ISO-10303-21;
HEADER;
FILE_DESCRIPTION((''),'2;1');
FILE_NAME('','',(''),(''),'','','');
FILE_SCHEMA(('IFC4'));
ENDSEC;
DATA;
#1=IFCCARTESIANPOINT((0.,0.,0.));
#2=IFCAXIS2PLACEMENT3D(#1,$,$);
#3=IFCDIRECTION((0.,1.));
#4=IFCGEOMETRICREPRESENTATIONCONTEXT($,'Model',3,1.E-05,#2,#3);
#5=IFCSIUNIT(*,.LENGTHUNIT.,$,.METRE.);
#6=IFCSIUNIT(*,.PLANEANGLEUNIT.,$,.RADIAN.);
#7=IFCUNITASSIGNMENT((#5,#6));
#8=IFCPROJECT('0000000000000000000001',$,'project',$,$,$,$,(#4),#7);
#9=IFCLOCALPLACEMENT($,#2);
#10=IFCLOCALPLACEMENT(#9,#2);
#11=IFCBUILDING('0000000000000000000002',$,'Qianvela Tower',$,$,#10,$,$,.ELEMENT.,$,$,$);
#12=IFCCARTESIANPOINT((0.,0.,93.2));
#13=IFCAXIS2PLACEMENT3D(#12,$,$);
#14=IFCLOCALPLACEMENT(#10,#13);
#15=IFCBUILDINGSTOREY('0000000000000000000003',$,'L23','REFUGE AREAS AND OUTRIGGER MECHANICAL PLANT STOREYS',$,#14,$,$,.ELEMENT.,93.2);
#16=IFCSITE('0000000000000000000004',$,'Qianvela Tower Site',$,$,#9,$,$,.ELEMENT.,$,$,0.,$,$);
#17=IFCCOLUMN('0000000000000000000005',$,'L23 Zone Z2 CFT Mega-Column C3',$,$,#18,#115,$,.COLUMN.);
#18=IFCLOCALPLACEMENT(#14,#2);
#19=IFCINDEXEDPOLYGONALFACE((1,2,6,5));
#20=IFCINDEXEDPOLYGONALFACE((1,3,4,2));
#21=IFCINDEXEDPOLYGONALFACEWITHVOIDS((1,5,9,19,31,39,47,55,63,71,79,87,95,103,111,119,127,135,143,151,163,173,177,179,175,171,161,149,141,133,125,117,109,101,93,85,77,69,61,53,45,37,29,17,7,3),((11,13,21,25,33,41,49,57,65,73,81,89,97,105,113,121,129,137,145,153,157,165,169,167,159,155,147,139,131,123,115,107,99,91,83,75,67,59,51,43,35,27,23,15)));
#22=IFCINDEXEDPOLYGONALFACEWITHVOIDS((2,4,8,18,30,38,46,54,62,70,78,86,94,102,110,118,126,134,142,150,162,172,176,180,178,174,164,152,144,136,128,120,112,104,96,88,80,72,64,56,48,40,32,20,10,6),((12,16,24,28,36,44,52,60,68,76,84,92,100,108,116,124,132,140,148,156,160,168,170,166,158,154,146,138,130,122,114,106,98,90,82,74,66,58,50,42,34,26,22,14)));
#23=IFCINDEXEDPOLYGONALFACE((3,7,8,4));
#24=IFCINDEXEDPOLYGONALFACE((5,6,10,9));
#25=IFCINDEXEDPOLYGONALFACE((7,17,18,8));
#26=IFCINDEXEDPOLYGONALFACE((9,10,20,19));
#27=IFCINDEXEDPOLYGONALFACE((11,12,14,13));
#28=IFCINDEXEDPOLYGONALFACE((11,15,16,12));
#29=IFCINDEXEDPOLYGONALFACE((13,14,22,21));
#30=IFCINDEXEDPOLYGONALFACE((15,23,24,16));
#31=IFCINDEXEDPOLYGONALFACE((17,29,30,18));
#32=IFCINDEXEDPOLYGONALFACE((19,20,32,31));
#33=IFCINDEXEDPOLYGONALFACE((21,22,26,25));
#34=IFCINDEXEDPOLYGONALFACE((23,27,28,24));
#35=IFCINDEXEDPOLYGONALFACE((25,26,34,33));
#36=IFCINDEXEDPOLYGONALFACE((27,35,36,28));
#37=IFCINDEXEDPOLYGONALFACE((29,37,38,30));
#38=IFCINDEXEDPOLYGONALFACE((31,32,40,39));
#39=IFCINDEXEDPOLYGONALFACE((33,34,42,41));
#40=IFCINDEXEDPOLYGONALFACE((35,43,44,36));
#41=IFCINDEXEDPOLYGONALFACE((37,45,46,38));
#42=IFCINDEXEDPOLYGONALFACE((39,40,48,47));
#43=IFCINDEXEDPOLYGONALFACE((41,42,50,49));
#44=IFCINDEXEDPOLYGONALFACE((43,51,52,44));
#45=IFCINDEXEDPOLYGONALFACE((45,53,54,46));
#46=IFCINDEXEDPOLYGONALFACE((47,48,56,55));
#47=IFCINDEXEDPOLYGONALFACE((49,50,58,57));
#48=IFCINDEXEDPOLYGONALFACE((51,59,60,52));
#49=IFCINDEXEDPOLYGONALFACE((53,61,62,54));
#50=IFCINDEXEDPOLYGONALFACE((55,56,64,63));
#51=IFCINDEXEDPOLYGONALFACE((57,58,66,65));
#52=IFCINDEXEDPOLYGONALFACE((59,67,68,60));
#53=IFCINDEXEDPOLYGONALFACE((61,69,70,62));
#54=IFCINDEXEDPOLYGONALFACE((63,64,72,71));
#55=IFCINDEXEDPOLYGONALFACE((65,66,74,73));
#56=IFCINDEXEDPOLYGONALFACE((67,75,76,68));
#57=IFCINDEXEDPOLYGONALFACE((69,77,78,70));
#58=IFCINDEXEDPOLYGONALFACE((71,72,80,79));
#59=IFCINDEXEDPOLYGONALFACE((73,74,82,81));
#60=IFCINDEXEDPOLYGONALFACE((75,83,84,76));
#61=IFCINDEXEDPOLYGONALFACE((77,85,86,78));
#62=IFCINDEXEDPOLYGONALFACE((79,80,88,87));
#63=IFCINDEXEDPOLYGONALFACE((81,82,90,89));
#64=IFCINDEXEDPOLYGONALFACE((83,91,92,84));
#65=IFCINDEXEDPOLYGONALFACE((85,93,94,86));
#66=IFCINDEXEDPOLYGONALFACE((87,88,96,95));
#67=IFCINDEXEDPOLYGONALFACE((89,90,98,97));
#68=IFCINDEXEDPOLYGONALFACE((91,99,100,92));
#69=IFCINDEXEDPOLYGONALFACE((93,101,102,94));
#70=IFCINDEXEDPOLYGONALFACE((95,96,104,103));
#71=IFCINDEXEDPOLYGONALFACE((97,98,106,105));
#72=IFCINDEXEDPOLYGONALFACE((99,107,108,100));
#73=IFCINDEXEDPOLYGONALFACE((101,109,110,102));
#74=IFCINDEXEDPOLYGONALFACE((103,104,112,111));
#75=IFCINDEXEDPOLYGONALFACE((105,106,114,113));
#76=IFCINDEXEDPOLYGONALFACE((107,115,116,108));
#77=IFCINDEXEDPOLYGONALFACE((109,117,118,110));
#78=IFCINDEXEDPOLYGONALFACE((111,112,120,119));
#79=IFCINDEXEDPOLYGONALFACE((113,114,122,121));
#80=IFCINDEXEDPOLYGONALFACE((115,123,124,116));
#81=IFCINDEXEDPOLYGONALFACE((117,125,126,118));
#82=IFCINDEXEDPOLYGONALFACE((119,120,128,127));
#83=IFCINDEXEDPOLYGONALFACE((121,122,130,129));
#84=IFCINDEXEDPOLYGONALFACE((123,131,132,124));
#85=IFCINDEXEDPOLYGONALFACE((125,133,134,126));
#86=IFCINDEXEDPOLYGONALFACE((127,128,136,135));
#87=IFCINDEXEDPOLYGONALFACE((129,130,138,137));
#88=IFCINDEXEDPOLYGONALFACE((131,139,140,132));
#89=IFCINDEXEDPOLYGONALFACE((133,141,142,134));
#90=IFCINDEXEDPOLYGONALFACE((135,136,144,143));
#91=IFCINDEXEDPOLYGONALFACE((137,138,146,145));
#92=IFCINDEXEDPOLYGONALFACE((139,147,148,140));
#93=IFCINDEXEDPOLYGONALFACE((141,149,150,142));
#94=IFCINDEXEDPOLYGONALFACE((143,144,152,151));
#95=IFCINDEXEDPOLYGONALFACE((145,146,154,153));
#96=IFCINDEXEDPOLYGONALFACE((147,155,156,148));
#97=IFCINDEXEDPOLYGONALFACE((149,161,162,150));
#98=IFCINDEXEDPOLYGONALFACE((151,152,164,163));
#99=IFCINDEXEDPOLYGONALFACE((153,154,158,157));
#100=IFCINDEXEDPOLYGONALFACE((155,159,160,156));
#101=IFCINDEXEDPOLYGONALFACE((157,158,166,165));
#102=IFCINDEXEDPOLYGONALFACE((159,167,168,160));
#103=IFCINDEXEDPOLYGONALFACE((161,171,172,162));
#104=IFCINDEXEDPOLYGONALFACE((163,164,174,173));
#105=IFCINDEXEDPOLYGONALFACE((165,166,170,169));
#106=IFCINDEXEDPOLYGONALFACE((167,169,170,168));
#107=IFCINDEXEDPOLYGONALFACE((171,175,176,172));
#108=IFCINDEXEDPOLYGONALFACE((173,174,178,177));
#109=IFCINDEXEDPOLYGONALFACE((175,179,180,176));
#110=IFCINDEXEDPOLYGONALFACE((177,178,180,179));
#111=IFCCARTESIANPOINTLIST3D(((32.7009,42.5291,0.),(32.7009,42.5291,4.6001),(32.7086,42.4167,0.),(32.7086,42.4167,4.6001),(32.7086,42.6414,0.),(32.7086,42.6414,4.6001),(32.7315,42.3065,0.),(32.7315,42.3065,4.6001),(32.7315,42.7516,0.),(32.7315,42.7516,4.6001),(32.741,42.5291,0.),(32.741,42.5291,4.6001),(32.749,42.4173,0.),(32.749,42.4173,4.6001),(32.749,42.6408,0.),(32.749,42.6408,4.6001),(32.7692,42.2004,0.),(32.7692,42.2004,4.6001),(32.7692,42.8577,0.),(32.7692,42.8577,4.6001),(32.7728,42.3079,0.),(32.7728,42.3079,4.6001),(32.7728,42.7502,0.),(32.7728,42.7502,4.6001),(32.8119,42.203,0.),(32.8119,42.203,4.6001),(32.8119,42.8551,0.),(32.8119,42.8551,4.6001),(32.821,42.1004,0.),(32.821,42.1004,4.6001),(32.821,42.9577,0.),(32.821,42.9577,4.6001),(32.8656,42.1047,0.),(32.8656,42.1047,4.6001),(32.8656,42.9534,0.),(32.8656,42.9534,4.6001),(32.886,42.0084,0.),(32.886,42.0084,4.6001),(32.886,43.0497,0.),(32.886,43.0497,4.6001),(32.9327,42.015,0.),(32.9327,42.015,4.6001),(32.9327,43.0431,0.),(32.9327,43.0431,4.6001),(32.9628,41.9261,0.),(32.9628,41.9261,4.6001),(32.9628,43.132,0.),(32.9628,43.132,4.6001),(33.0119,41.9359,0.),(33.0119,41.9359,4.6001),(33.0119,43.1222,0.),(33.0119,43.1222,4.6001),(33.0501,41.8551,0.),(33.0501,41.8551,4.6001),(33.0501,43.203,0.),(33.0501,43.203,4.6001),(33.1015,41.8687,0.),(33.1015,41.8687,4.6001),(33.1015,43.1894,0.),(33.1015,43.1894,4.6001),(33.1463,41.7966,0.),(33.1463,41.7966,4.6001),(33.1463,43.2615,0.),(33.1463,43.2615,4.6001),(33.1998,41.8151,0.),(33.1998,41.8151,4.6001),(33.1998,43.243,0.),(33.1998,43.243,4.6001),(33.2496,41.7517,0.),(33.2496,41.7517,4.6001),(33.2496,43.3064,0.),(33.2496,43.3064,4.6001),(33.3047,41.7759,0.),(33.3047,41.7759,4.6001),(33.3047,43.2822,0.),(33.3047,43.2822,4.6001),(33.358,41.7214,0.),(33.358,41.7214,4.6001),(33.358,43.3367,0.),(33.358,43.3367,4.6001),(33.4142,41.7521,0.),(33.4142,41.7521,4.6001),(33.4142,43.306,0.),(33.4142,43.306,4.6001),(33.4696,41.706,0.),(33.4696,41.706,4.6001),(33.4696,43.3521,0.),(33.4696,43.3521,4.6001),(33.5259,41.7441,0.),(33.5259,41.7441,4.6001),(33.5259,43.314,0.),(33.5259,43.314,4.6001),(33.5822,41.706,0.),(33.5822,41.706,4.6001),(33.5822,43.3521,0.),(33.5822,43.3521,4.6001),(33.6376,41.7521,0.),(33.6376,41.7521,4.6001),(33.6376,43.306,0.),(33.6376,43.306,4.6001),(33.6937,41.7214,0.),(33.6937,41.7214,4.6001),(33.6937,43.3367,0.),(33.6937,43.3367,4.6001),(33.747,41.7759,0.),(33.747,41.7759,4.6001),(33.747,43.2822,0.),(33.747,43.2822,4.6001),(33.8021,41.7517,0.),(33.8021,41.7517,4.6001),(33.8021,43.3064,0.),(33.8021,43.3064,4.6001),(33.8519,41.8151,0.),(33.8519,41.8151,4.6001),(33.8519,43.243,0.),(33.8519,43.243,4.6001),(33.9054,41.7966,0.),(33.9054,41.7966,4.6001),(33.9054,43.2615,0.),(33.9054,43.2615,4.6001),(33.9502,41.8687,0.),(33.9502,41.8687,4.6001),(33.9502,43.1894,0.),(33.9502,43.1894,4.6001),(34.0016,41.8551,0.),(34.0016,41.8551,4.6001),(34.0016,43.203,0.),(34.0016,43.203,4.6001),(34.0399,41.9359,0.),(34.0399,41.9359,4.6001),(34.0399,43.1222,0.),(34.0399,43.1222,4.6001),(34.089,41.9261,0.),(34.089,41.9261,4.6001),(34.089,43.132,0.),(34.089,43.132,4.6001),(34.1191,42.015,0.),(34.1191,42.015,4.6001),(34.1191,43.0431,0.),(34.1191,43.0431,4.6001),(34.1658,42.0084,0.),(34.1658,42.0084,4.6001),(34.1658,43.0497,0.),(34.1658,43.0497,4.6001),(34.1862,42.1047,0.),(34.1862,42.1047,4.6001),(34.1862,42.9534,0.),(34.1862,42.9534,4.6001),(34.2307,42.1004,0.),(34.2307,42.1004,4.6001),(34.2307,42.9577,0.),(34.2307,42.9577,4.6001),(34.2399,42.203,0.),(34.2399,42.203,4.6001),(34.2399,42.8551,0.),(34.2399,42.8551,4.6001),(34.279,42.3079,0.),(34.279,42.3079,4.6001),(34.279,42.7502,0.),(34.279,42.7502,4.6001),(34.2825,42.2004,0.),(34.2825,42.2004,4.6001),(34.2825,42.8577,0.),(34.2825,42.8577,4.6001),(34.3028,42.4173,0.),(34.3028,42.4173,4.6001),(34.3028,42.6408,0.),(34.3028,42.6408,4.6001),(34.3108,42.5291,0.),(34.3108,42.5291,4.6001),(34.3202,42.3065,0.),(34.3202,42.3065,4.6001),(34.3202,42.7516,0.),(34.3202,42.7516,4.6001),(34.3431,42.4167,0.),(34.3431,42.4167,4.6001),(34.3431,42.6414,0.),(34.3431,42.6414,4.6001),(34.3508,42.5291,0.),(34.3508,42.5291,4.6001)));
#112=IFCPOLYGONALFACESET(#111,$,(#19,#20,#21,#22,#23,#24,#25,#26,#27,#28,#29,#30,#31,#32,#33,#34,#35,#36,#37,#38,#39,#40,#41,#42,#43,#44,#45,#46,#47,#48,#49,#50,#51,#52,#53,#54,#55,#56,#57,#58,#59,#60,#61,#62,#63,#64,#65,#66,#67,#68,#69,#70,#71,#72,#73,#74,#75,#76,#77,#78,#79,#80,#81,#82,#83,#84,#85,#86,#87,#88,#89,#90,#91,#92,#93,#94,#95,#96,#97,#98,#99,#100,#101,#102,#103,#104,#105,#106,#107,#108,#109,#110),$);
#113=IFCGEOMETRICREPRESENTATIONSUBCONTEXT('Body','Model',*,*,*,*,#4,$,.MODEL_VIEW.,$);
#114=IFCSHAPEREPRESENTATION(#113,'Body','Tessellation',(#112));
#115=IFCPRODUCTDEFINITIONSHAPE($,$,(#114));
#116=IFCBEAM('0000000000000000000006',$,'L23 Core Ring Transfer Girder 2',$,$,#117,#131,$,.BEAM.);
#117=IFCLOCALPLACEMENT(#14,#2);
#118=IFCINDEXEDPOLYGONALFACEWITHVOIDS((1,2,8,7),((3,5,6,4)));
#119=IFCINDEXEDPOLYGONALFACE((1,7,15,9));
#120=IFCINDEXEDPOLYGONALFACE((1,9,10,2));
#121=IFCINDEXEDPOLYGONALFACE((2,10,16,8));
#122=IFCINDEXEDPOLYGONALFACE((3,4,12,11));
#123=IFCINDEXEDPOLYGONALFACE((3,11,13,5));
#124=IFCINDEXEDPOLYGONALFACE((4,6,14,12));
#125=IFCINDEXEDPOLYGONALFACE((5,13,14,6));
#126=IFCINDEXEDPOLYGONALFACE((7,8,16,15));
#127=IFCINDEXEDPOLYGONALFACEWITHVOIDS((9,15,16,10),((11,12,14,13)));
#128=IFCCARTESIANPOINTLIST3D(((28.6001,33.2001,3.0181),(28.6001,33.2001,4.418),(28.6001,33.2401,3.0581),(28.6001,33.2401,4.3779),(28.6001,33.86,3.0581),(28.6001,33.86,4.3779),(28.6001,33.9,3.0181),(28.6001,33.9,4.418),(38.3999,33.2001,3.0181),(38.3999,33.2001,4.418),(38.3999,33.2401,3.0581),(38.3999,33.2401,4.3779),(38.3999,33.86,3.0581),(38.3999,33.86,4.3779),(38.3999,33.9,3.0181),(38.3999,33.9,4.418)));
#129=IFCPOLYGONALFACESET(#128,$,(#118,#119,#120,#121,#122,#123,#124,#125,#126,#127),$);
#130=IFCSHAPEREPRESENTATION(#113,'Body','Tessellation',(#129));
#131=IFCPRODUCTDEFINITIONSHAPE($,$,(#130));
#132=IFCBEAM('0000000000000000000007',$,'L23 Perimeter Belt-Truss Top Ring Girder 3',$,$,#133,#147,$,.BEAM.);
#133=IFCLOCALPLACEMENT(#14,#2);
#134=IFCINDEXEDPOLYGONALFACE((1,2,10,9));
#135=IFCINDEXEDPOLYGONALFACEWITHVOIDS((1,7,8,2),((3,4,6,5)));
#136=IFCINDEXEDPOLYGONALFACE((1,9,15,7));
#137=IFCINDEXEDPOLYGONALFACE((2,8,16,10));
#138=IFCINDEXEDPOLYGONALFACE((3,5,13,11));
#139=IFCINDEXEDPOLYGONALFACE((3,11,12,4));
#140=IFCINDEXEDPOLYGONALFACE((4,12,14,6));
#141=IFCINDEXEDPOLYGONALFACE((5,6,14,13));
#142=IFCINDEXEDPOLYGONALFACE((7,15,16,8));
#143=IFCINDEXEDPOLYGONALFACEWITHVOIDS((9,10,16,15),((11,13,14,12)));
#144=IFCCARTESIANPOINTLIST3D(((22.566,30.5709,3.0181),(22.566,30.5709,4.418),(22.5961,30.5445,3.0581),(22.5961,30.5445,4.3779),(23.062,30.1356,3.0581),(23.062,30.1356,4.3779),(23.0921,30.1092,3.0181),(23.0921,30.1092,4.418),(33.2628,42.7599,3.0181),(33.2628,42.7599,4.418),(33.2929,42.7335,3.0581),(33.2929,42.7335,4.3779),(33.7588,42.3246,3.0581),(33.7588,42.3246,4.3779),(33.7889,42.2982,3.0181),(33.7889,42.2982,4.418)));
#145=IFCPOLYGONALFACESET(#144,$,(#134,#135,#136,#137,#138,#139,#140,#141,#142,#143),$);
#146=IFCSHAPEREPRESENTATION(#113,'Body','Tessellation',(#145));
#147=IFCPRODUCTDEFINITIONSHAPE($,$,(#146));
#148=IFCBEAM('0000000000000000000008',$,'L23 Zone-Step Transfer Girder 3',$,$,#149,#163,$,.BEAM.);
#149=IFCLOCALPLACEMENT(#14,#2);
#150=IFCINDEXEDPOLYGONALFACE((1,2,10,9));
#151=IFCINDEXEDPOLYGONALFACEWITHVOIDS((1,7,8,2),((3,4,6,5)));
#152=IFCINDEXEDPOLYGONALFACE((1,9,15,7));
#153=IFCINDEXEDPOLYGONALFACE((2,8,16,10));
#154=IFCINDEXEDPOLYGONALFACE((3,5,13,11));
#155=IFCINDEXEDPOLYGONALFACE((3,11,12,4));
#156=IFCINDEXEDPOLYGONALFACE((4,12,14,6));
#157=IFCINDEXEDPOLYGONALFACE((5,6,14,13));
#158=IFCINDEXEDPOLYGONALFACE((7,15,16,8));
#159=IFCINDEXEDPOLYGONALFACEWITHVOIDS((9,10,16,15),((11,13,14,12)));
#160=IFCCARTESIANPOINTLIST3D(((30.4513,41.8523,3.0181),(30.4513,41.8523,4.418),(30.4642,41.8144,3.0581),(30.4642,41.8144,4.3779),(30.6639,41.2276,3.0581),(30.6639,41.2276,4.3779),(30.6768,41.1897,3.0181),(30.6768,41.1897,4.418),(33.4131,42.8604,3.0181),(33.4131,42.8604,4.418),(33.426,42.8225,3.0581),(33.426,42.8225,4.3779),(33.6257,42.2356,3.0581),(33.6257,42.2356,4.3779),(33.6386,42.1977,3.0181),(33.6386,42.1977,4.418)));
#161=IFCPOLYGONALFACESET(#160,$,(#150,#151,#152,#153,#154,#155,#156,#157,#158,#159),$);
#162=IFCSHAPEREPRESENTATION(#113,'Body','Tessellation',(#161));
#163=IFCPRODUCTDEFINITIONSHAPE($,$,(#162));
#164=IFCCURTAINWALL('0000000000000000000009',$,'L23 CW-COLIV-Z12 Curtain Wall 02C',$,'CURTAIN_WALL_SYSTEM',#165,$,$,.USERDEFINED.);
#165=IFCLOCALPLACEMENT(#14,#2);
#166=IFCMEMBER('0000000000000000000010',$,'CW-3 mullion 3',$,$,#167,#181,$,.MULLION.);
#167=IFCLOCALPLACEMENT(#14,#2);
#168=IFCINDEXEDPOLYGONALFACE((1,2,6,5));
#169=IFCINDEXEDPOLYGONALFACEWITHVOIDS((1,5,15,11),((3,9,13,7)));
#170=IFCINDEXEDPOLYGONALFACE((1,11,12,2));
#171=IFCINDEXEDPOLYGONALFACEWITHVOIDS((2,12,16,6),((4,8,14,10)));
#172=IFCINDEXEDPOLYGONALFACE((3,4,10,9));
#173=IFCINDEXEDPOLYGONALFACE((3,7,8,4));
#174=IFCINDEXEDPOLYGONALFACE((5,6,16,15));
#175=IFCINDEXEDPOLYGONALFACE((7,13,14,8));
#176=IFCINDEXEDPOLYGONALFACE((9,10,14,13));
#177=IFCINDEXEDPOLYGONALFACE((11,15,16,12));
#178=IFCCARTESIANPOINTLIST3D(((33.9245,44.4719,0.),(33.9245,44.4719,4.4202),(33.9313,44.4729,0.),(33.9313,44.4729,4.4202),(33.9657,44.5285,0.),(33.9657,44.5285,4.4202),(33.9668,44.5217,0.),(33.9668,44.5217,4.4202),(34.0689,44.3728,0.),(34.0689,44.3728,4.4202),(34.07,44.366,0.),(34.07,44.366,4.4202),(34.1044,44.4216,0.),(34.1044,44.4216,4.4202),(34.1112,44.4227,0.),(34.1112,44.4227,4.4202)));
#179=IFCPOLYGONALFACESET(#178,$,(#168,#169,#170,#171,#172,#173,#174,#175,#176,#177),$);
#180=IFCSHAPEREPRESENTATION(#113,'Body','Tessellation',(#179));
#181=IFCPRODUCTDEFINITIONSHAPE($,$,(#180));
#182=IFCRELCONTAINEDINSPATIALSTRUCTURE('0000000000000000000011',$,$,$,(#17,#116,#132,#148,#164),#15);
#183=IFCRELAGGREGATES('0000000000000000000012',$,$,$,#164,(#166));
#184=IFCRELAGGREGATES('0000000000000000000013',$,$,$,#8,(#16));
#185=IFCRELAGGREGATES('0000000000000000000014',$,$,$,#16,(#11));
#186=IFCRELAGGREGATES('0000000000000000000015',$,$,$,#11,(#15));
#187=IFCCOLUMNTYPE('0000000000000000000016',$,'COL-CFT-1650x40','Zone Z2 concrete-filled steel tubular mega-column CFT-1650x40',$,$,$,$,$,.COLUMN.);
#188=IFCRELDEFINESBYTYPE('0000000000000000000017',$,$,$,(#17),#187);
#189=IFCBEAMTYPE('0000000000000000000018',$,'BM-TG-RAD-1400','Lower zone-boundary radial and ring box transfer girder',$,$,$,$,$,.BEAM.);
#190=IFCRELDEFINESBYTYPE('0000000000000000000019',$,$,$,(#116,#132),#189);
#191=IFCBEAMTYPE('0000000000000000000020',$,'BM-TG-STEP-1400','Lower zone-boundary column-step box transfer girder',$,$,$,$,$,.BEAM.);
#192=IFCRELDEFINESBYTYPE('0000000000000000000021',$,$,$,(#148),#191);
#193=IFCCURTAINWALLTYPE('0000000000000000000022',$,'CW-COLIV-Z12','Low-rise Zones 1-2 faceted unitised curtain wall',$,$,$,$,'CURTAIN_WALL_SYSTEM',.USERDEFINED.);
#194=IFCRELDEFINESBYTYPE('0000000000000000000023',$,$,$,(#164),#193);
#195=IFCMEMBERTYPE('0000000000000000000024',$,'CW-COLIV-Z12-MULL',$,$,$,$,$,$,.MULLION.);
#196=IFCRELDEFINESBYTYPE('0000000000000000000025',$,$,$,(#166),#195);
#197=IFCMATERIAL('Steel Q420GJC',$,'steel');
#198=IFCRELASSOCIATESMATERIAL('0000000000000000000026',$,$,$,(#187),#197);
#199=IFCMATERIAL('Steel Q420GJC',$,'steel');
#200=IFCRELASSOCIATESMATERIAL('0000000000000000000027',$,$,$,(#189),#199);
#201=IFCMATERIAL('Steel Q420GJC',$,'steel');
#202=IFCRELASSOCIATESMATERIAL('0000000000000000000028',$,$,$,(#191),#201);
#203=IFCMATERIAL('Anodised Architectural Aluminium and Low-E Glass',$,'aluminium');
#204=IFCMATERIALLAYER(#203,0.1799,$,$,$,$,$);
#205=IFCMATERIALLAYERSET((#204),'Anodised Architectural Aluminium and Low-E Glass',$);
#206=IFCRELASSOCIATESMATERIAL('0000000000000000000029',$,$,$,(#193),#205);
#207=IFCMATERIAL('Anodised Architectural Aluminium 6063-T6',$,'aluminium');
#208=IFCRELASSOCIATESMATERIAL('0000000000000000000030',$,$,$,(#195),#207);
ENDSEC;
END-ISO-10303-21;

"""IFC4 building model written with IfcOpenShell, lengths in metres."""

from ifc_helpers import new_model, si_unit, direction, frame, origin, origin_2d, place, context, subcontext, project, spatial, hollow_rectangle, hollow_circle, extrude, material, layer, layer_set, material_profile, profile_set, type_object, element, aggregate, save


model = new_model("IFC4")

# Units and contexts
model_context = context("Model", 3, precision=1e-05, world=origin(), true_north=direction((0.0, 1.0)))
body_context = subcontext(model_context, "Body", "Model", "MODEL_VIEW")
ifc_project = project(units=[si_unit("LENGTHUNIT", "METRE"), si_unit("PLANEANGLEUNIT", "RADIAN")], contexts=[model_context])

# Site, building, storey
site_placement = place(None, origin())
site = spatial("IfcSite", under=ifc_project, at=site_placement, Name="Qianvela Tower Site", CompositionType="ELEMENT", RefElevation=0.0)
building_placement = place(site_placement, origin())
building = spatial("IfcBuilding", under=site, at=building_placement, Name="Qianvela Tower", CompositionType="ELEMENT")
storey_placement = place(building_placement, frame((0.0, 0.0, 93.2)))
storey = spatial("IfcBuildingStorey", under=building, at=storey_placement, Name="L23", Description="REFUGE AREAS AND OUTRIGGER MECHANICAL PLANT STOREYS", CompositionType="ELEMENT", Elevation=93.2)

# Column
ifc_material_1 = material(Name="Steel Q420GJC", Category="steel")
ifc_material_profile_1 = material_profile(ifc_material_1, hollow_circle(Radius=0.825, WallThickness=0.04, at=origin_2d()), Name="CFT-1650x40")
ifc_profile_set_1 = profile_set([ifc_material_profile_1], Name="Steel Q420GJC")
column_type = type_object("IfcColumnType", Name="COL-CFT-1650x40", Description="Zone Z2 concrete-filled steel tubular mega-column CFT-1650x40", PredefinedType="COLUMN", material=ifc_profile_set_1)
for number, where, z_axis, x_axis, name in (
    (1, (33.5259, 42.5291, 0.0), (0.0, 0.0, 1.0), (1.0, 0.0, 0.0), "L23 Zone Z2 CFT Mega-Column C3"),
):
    element("IfcColumn", number, at=place(storey_placement, frame(where, z_axis=z_axis, x_axis=x_axis)), inside=storey, type_object=column_type, Name=name, PredefinedType="COLUMN", context=body_context, shape_type="SweptSolid", body=[
        extrude(hollow_circle(Radius=0.825, WallThickness=0.04, at=origin_2d()), origin(), (0.0, 0.0, 1.0), 4.6001),
    ])

# Beams
ifc_material_2 = material(Name="Steel Q420GJC", Category="steel")
ifc_material_profile_2 = material_profile(ifc_material_2, hollow_rectangle(XDim=0.7, YDim=1.3999, WallThickness=0.04, at=origin_2d()), Name="TG-BOX-1400x700x40")
ifc_profile_set_2 = profile_set([ifc_material_profile_2], Name="Steel Q420GJC")
beam_type_1 = type_object("IfcBeamType", Name="BM-TG-RAD-1400", Description="Lower zone-boundary radial and ring box transfer girder", PredefinedType="BEAM", material=ifc_profile_set_2)
beam_1_placement = place(storey_placement, frame((28.6001, 33.55, 3.718), z_axis=(1.0, 0.0, 0.0), x_axis=(0.0, 1.0, 0.0)))
element("IfcBeam", 2, at=beam_1_placement, inside=storey, type_object=beam_type_1, Name="L23 Core Ring Transfer Girder 2", PredefinedType="BEAM", context=body_context, shape_type="SweptSolid", body=[
    extrude(hollow_rectangle(XDim=0.7, YDim=1.3999, WallThickness=0.04, at=origin_2d()), origin(), (0.0, 0.0, 1.0), 9.7998),
])
beam_2_placement = place(storey_placement, frame((33.5259, 42.5291, 3.718), z_axis=(-0.659602, -0.751615, 0.0), x_axis=(0.751615, -0.659602, 0.0)))
element("IfcBeam", 3, at=beam_2_placement, inside=storey, type_object=beam_type_1, Name="L23 Perimeter Belt-Truss Top Ring Girder 3", PredefinedType="BEAM", context=body_context, shape_type="SweptSolid", body=[
    extrude(hollow_rectangle(XDim=0.7, YDim=1.3999, WallThickness=0.04, at=origin_2d()), origin(), (0.0, 0.0, 1.0), 16.217),
])
ifc_material_3 = material(Name="Steel Q420GJC", Category="steel")
ifc_material_profile_3 = material_profile(ifc_material_3, hollow_rectangle(XDim=0.7, YDim=1.3999, WallThickness=0.04, at=origin_2d()), Name="TG-BOX-1400x700x40")
ifc_profile_set_3 = profile_set([ifc_material_profile_3], Name="Steel Q420GJC")
beam_type_2 = type_object("IfcBeamType", Name="BM-TG-STEP-1400", Description="Lower zone-boundary column-step box transfer girder", PredefinedType="BEAM", material=ifc_profile_set_3)
beam_3_placement = place(storey_placement, frame((33.5259, 42.5291, 3.718), z_axis=(-0.946675, -0.322191, 0.0), x_axis=(0.322191, -0.946675, 0.0)))
element("IfcBeam", 4, at=beam_3_placement, inside=storey, type_object=beam_type_2, Name="L23 Zone-Step Transfer Girder 3", PredefinedType="BEAM", context=body_context, shape_type="SweptSolid", body=[
    extrude(hollow_rectangle(XDim=0.7, YDim=1.3999, WallThickness=0.04, at=origin_2d()), origin(), (0.0, 0.0, 1.0), 3.1287),
])

# Curtain wall, member
ifc_material_4 = material(Name="Anodised Architectural Aluminium and Low-E Glass", Category="aluminium")
ifc_layer_1 = layer(ifc_material_4, 0.1799)
ifc_layer_set_1 = layer_set([ifc_layer_1], Name="Anodised Architectural Aluminium and Low-E Glass")
curtain_wall_type = type_object("IfcCurtainWallType", Name="CW-COLIV-Z12", Description="Low-rise Zones 1-2 faceted unitised curtain wall", ElementType="CURTAIN_WALL_SYSTEM", PredefinedType="USERDEFINED", material=ifc_layer_set_1)
curtain_wall_placement = place(storey_placement, origin())
curtain_wall = element("IfcCurtainWall", 5, at=curtain_wall_placement, inside=storey, type_object=curtain_wall_type, Name="L23 CW-COLIV-Z12 Curtain Wall 02C", ObjectType="CURTAIN_WALL_SYSTEM", PredefinedType="USERDEFINED")
ifc_material_5 = material(Name="Anodised Architectural Aluminium 6063-T6", Category="aluminium")
ifc_material_profile_4 = material_profile(ifc_material_5, hollow_rectangle(XDim=0.0701, YDim=0.1799, WallThickness=0.0049, at=origin_2d()), Name="ALU-MULL-70x180")
ifc_profile_set_4 = profile_set([ifc_material_profile_4], Name="Anodised Architectural Aluminium 6063-T6")
member_type_1 = type_object("IfcMemberType", Name="CW-COLIV-Z12-MULL", PredefinedType="MULLION", material=ifc_profile_set_4)
member_1_placement = place(storey_placement, frame((34.0178, 44.4473, 0.0), z_axis=(0.0, 0.0, 1.0), x_axis=(-0.58825, -0.808679, 0.0)))
member_1 = element("IfcMember", 6, at=member_1_placement, type_object=member_type_1, Name="CW-3 mullion 3", PredefinedType="MULLION", context=body_context, shape_type="SweptSolid", body=[
    extrude(hollow_rectangle(XDim=0.0701, YDim=0.1799, WallThickness=0.0049, at=origin_2d()), origin(), (0.0, 0.0, 1.0), 4.4202),
])

aggregate(curtain_wall, [member_1])

save(model, "model.ifc")
